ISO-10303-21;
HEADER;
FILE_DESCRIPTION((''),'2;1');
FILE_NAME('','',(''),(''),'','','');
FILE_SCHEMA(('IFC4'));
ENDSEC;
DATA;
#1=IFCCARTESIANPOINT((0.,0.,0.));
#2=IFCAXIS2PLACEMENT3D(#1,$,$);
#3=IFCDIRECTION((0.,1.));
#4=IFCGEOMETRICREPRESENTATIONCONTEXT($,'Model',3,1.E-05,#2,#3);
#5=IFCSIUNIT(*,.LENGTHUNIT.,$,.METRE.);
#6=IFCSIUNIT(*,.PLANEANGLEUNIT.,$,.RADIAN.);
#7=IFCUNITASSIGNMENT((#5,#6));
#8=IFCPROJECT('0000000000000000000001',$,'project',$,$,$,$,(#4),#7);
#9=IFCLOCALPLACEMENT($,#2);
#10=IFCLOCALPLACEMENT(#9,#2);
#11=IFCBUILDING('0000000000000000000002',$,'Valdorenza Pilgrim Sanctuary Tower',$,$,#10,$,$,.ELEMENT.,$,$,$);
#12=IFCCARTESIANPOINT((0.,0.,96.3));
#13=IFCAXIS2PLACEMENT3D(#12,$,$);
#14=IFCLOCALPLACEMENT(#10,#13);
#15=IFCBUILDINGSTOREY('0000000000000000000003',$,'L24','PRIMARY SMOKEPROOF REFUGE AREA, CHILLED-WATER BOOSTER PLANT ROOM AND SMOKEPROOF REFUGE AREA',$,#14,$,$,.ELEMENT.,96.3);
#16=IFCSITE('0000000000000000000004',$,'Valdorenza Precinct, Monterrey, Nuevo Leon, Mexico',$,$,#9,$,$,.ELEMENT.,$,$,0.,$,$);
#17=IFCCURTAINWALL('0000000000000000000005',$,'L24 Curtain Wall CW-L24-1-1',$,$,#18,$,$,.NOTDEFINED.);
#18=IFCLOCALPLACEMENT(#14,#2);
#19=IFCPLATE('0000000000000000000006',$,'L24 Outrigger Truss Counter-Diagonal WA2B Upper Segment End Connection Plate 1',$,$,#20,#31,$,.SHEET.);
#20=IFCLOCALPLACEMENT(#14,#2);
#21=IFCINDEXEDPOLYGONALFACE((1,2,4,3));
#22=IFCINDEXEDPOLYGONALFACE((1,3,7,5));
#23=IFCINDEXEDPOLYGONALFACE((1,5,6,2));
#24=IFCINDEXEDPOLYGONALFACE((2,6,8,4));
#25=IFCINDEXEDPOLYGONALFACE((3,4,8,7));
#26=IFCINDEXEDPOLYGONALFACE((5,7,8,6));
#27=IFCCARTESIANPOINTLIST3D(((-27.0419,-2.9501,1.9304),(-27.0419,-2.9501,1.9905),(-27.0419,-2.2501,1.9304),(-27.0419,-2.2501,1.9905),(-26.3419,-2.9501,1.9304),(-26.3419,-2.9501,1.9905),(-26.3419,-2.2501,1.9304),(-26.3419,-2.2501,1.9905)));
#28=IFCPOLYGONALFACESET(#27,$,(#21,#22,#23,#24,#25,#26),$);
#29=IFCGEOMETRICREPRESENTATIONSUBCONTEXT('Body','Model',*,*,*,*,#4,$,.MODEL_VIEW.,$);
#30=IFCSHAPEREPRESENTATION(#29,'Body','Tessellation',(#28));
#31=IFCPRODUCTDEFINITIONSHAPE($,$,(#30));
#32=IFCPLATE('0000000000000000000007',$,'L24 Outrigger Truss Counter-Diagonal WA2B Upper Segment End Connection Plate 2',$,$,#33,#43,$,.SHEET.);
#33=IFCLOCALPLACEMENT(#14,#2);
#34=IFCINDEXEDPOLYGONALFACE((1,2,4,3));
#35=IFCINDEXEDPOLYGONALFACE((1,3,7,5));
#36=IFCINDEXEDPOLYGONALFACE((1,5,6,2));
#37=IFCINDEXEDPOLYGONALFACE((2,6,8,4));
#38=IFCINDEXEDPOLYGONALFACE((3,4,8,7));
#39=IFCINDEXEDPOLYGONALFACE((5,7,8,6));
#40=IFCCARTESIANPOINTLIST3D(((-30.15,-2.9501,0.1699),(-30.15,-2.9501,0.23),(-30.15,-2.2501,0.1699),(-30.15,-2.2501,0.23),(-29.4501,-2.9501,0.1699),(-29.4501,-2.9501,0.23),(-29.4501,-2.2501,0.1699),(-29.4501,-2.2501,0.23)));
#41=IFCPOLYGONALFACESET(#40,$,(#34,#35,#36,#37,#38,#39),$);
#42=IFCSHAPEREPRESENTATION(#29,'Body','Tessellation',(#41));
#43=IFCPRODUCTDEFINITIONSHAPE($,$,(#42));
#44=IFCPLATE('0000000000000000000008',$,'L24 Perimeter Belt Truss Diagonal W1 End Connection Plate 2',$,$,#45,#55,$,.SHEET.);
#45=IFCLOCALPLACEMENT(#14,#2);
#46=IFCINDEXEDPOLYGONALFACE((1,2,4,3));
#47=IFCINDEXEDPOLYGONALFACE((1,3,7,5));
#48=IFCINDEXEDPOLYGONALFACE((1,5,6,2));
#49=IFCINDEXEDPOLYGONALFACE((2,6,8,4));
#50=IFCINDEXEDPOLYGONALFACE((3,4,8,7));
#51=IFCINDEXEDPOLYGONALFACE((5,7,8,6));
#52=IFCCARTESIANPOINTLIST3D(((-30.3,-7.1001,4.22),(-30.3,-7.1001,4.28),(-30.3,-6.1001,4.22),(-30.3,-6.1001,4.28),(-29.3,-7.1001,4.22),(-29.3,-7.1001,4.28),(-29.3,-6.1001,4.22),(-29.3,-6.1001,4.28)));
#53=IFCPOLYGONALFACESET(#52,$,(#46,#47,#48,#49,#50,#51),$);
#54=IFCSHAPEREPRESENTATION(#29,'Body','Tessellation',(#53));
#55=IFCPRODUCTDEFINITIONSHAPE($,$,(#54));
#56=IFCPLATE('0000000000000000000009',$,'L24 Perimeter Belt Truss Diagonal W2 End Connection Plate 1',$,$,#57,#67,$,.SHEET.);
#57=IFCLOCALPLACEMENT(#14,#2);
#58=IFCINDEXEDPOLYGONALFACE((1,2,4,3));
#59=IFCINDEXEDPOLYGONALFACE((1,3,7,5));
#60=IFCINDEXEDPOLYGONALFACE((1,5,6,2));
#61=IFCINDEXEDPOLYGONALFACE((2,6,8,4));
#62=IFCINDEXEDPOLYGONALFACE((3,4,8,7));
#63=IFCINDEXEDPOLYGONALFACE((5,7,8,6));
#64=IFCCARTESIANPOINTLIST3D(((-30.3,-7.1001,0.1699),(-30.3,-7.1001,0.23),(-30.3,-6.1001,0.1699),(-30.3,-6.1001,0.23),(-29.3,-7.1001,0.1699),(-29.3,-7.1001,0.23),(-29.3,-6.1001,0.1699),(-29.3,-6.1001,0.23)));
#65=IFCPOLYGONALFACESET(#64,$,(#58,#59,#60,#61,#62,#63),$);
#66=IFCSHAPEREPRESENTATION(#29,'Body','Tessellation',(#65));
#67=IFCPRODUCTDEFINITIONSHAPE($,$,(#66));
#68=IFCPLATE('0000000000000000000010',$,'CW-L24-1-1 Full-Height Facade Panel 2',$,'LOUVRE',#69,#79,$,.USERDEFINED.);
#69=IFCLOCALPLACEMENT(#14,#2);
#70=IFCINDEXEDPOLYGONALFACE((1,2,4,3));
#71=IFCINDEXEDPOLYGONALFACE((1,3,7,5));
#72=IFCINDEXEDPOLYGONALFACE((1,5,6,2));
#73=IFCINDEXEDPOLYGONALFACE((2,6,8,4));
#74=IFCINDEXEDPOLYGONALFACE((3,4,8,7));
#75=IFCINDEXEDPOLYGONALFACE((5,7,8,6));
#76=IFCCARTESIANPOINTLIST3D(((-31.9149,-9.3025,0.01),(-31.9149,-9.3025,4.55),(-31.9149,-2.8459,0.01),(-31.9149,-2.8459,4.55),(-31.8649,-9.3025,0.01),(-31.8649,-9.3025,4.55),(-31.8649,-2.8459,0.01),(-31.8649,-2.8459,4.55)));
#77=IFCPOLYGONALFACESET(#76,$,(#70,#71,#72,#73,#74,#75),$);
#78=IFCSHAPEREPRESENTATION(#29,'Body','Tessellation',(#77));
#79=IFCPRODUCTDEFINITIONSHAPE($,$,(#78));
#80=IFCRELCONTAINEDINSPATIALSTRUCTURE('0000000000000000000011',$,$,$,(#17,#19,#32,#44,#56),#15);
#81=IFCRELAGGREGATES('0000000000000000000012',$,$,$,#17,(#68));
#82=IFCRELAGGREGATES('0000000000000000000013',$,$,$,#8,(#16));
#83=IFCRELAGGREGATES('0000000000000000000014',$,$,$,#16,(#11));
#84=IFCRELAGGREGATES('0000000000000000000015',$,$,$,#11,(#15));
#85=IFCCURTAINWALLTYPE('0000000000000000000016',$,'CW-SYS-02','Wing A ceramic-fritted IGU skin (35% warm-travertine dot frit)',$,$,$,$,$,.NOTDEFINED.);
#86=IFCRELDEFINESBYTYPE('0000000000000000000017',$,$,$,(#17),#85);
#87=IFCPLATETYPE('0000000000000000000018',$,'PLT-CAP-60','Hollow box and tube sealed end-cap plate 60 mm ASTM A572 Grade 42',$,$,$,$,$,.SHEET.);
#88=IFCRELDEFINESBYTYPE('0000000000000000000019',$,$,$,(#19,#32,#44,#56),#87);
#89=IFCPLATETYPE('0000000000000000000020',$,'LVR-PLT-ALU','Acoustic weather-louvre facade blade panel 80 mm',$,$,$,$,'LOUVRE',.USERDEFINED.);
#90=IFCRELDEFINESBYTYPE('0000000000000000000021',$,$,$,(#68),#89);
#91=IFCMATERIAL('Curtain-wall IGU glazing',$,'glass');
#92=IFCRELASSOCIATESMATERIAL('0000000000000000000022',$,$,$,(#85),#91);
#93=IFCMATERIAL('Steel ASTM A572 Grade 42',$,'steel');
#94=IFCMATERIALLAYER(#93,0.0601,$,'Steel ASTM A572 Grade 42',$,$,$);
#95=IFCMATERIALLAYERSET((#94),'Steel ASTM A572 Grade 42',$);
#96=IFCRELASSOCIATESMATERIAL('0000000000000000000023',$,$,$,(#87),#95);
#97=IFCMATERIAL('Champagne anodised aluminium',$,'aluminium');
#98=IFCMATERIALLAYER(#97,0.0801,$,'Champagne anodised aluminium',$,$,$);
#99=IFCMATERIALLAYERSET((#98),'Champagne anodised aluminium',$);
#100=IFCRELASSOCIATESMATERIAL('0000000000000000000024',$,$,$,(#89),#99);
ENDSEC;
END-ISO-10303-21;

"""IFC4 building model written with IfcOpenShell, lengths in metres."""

from ifc_helpers import new_model, si_unit, direction, frame, origin, origin_2d, place, context, subcontext, project, spatial, rectangle, extrude, source, transform, mapped, material, layer, layer_set, type_object, element, aggregate, save


model = new_model("IFC4")

# Units and contexts
model_context = context("Model", 3, precision=1e-05, world=origin(), true_north=direction((0.0, 1.0)))
body_context = subcontext(model_context, "Body", "Model", "MODEL_VIEW")
ifc_project = project(units=[si_unit("LENGTHUNIT", "METRE"), si_unit("PLANEANGLEUNIT", "RADIAN")], contexts=[model_context])

# Site, building, storey
site_placement = place(None, origin())
site = spatial("IfcSite", under=ifc_project, at=site_placement, Name="Valdorenza Precinct, Monterrey, Nuevo Leon, Mexico", CompositionType="ELEMENT", RefElevation=0.0)
building_placement = place(site_placement, origin())
building = spatial("IfcBuilding", under=site, at=building_placement, Name="Valdorenza Pilgrim Sanctuary Tower", CompositionType="ELEMENT")
storey_placement = place(building_placement, frame((0.0, 0.0, 96.3)))
storey = spatial("IfcBuildingStorey", under=building, at=storey_placement, Name="L24", Description="PRIMARY SMOKEPROOF REFUGE AREA, CHILLED-WATER BOOSTER PLANT ROOM AND SMOKEPROOF REFUGE AREA", CompositionType="ELEMENT", Elevation=96.3)

# Shared definitions
ifc_material_1 = material(Name="Steel ASTM A572 Grade 42", Category="steel")

# Curtain wall
ifc_material_2 = material(Name="Curtain-wall IGU glazing", Category="glass")
curtain_wall_type = type_object("IfcCurtainWallType", Name="CW-SYS-02", Description="Wing A ceramic-fritted IGU skin (35% warm-travertine dot frit)", PredefinedType="NOTDEFINED", material=ifc_material_2)
curtain_wall_placement = place(storey_placement, origin())
curtain_wall = element("IfcCurtainWall", 1, at=curtain_wall_placement, inside=storey, type_object=curtain_wall_type, Name="L24 Curtain Wall CW-L24-1-1", PredefinedType="NOTDEFINED")

# Plates
ifc_layer_1 = layer(ifc_material_1, 0.0601, Name="Steel ASTM A572 Grade 42")
ifc_layer_set_1 = layer_set([ifc_layer_1], Name="Steel ASTM A572 Grade 42")
plate_type_1 = type_object("IfcPlateType", Name="PLT-CAP-60", Description="Hollow box and tube sealed end-cap plate 60 mm ASTM A572 Grade 42", PredefinedType="SHEET", material=ifc_layer_set_1)
shared_shape_1 = source(origin(), body_context, "Body", "SweptSolid", [
    extrude(rectangle(XDim=0.7, YDim=0.7, at=origin_2d()), origin(), (0.0, 0.0, 1.0), 0.0601),
])
for number, where, z_axis, x_axis, name in (
    (2, (-26.6919, -2.6001, 1.9304), (0.0, 0.0, 1.0), (1.0, 0.0, 0.0), "L24 Outrigger Truss Counter-Diagonal WA2B Upper Segment End Connection Plate 1"),
    (3, (-29.8, -2.6001, 0.1699), (0.0, 0.0, 1.0), (1.0, 0.0, 0.0), "L24 Outrigger Truss Counter-Diagonal WA2B Upper Segment End Connection Plate 2"),
):
    element("IfcPlate", number, at=place(storey_placement, frame(where, z_axis=z_axis, x_axis=x_axis)), inside=storey, type_object=plate_type_1, Name=name, PredefinedType="SHEET", context=body_context, shape_type="MappedRepresentation", body=[
        mapped(shared_shape_1, transform((0.0, 0.0, 0.0), x_axis=(1.0, 0.0, 0.0), y_axis=(0.0, 1.0, 0.0), z_axis=(0.0, 0.0, 1.0), scale=1.0)),
    ])
shared_shape_2 = source(origin(), body_context, "Body", "SweptSolid", [
    extrude(rectangle(XDim=1.0, YDim=1.0, at=origin_2d()), origin(), (0.0, 0.0, 1.0), 0.0601),
])
for number, where, z_axis, x_axis, name in (
    (4, (-29.8, -6.6001, 4.22), (0.0, 0.0, 1.0), (1.0, 0.0, 0.0), "L24 Perimeter Belt Truss Diagonal W1 End Connection Plate 2"),
    (5, (-29.8, -6.6001, 0.1699), (0.0, 0.0, 1.0), (1.0, 0.0, 0.0), "L24 Perimeter Belt Truss Diagonal W2 End Connection Plate 1"),
):
    element("IfcPlate", number, at=place(storey_placement, frame(where, z_axis=z_axis, x_axis=x_axis)), inside=storey, type_object=plate_type_1, Name=name, PredefinedType="SHEET", context=body_context, shape_type="MappedRepresentation", body=[
        mapped(shared_shape_2, transform((0.0, 0.0, 0.0), x_axis=(1.0, 0.0, 0.0), y_axis=(0.0, 1.0, 0.0), z_axis=(0.0, 0.0, 1.0), scale=1.0)),
    ])

# Plate
ifc_material_3 = material(Name="Champagne anodised aluminium", Category="aluminium")
ifc_layer_2 = layer(ifc_material_3, 0.0801, Name="Champagne anodised aluminium")
ifc_layer_set_2 = layer_set([ifc_layer_2], Name="Champagne anodised aluminium")
plate_type_2 = type_object("IfcPlateType", Name="LVR-PLT-ALU", Description="Acoustic weather-louvre facade blade panel 80 mm", ElementType="LOUVRE", PredefinedType="USERDEFINED", material=ifc_layer_set_2)
shared_shape_3 = source(origin(), body_context, "Body", "SweptSolid", [
    extrude(rectangle(XDim=6.4565, YDim=0.05, at=origin_2d()), origin(), (0.0, 0.0, 1.0), 4.54),
])
plate_placement = place(storey_placement, frame((-31.8899, -6.0742, 0.01), z_axis=(0.0, 0.0, 1.0), x_axis=(0.0, 1.0, 0.0)))
plate = element("IfcPlate", 6, at=plate_placement, type_object=plate_type_2, Name="CW-L24-1-1 Full-Height Facade Panel 2", ObjectType="LOUVRE", PredefinedType="USERDEFINED", context=body_context, shape_type="MappedRepresentation", body=[
    mapped(shared_shape_3, transform((0.0, 0.0, 0.0), x_axis=(1.0, 0.0, 0.0), y_axis=(0.0, 1.0, 0.0), z_axis=(0.0, 0.0, 1.0), scale=1.0)),
])
aggregate(curtain_wall, [plate])

save(model, "model.ifc")
